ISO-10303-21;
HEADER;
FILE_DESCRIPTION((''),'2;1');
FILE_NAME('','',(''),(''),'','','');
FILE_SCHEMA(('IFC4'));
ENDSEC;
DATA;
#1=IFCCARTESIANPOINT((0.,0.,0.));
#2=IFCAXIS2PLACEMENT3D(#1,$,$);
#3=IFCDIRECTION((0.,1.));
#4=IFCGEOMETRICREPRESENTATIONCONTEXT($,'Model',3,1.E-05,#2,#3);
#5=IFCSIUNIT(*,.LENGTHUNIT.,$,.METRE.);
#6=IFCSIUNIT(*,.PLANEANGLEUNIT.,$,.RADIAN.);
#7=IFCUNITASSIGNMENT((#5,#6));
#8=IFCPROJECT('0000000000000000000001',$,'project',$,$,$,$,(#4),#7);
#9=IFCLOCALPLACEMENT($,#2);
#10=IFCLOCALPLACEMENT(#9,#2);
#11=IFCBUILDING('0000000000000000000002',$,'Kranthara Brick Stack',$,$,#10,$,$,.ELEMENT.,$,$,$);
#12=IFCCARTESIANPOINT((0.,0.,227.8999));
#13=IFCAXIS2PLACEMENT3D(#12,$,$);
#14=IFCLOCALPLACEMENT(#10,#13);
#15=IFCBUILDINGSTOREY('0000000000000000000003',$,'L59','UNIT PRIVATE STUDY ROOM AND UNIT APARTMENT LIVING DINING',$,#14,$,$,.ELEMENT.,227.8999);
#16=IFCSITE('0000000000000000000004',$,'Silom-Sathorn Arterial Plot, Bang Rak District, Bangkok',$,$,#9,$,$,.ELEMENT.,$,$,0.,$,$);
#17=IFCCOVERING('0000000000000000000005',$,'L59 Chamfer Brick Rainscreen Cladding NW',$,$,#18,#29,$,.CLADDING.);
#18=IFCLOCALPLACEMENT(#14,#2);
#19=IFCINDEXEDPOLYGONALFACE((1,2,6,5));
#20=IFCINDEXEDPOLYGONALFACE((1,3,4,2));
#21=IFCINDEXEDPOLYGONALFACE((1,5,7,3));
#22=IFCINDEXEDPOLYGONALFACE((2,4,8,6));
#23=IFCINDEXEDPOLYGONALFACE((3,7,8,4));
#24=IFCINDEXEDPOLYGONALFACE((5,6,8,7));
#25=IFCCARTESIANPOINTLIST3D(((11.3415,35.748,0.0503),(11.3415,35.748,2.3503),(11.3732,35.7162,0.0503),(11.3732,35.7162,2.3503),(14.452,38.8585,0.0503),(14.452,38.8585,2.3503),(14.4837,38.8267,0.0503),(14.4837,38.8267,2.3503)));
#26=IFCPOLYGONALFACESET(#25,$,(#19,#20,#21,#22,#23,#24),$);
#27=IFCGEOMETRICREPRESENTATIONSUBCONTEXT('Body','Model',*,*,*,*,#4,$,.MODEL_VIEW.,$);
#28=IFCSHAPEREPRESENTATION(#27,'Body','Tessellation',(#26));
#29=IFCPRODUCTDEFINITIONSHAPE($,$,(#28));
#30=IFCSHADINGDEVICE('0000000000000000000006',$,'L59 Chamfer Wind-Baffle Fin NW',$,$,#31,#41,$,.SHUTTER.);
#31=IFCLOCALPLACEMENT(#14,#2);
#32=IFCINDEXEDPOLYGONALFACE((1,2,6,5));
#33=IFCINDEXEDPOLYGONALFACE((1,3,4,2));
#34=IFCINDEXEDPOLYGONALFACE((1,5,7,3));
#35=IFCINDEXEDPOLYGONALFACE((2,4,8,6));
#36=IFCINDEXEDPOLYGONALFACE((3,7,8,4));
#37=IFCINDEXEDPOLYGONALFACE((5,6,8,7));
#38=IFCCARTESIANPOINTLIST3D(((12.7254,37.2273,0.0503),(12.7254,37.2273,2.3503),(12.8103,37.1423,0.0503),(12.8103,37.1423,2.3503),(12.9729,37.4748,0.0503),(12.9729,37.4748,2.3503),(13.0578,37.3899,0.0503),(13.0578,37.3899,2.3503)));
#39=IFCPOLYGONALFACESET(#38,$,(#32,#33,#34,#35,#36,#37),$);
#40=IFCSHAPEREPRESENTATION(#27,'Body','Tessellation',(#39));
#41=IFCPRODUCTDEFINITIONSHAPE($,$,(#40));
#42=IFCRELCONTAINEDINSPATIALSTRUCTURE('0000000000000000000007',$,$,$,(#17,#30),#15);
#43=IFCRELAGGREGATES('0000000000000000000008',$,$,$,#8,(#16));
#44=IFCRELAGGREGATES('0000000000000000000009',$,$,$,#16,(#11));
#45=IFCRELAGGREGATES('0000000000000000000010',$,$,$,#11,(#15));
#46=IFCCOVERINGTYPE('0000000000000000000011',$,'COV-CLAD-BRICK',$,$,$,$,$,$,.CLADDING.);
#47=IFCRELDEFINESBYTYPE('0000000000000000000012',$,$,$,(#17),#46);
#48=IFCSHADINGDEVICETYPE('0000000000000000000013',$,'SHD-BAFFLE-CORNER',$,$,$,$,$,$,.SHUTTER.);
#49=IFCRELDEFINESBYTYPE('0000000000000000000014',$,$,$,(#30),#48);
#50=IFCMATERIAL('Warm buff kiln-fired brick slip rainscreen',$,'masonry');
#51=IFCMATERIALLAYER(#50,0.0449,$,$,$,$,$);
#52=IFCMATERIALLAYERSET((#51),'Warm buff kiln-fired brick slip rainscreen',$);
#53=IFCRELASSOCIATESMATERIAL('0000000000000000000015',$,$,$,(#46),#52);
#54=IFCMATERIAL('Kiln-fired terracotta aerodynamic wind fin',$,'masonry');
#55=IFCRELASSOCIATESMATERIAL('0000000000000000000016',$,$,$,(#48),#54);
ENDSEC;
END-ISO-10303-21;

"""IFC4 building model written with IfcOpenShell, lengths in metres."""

from ifc_helpers import new_model, si_unit, direction, frame, origin, origin_2d, place, context, subcontext, project, spatial, rectangle, extrude, material, layer, layer_set, type_object, element, save


model = new_model("IFC4")

# Units and contexts
model_context = context("Model", 3, precision=1e-05, world=origin(), true_north=direction((0.0, 1.0)))
body_context = subcontext(model_context, "Body", "Model", "MODEL_VIEW")
ifc_project = project(units=[si_unit("LENGTHUNIT", "METRE"), si_unit("PLANEANGLEUNIT", "RADIAN")], contexts=[model_context])

# Site, building, storey
site_placement = place(None, origin())
site = spatial("IfcSite", under=ifc_project, at=site_placement, Name="Silom-Sathorn Arterial Plot, Bang Rak District, Bangkok", CompositionType="ELEMENT", RefElevation=0.0)
building_placement = place(site_placement, origin())
building = spatial("IfcBuilding", under=site, at=building_placement, Name="Kranthara Brick Stack", CompositionType="ELEMENT")
storey_placement = place(building_placement, frame((0.0, 0.0, 227.8999)))
storey = spatial("IfcBuildingStorey", under=building, at=storey_placement, Name="L59", Description="UNIT PRIVATE STUDY ROOM AND UNIT APARTMENT LIVING DINING", CompositionType="ELEMENT", Elevation=227.8999)

# Covering
ifc_material_1 = material(Name="Warm buff kiln-fired brick slip rainscreen", Category="masonry")
ifc_layer_1 = layer(ifc_material_1, 0.0449)
ifc_layer_set_1 = layer_set([ifc_layer_1], Name="Warm buff kiln-fired brick slip rainscreen")
covering_type = type_object("IfcCoveringType", Name="COV-CLAD-BRICK", PredefinedType="CLADDING", material=ifc_layer_set_1)
covering_placement = place(storey_placement, frame((12.9126, 37.2874, 0.0503), z_axis=(0.0, 0.0, 1.0), x_axis=(0.707107, 0.707107, 0.0)))
element("IfcCovering", 1, at=covering_placement, inside=storey, type_object=covering_type, Name="L59 Chamfer Brick Rainscreen Cladding NW", PredefinedType="CLADDING", context=body_context, shape_type="SweptSolid", body=[
    extrude(rectangle(XDim=4.3989, YDim=0.0449, at=origin_2d()), origin(), (0.0, 0.0, 1.0), 2.3),
])

# Shading device
ifc_material_2 = material(Name="Kiln-fired terracotta aerodynamic wind fin", Category="masonry")
shading_device_type = type_object("IfcShadingDeviceType", Name="SHD-BAFFLE-CORNER", PredefinedType="SHUTTER", material=ifc_material_2)
shading_device_placement = place(storey_placement, frame((12.8916, 37.3086, 0.0503), z_axis=(0.0, 0.0, 1.0), x_axis=(0.707107, 0.707107, 0.0)))
element("IfcShadingDevice", 2, at=shading_device_placement, inside=storey, type_object=shading_device_type, Name="L59 Chamfer Wind-Baffle Fin NW", PredefinedType="SHUTTER", context=body_context, shape_type="SweptSolid", body=[
    extrude(rectangle(XDim=0.3501, YDim=0.1201, at=origin_2d()), origin(), (0.0, 0.0, 1.0), 2.3),
])

save(model, "model.ifc")
